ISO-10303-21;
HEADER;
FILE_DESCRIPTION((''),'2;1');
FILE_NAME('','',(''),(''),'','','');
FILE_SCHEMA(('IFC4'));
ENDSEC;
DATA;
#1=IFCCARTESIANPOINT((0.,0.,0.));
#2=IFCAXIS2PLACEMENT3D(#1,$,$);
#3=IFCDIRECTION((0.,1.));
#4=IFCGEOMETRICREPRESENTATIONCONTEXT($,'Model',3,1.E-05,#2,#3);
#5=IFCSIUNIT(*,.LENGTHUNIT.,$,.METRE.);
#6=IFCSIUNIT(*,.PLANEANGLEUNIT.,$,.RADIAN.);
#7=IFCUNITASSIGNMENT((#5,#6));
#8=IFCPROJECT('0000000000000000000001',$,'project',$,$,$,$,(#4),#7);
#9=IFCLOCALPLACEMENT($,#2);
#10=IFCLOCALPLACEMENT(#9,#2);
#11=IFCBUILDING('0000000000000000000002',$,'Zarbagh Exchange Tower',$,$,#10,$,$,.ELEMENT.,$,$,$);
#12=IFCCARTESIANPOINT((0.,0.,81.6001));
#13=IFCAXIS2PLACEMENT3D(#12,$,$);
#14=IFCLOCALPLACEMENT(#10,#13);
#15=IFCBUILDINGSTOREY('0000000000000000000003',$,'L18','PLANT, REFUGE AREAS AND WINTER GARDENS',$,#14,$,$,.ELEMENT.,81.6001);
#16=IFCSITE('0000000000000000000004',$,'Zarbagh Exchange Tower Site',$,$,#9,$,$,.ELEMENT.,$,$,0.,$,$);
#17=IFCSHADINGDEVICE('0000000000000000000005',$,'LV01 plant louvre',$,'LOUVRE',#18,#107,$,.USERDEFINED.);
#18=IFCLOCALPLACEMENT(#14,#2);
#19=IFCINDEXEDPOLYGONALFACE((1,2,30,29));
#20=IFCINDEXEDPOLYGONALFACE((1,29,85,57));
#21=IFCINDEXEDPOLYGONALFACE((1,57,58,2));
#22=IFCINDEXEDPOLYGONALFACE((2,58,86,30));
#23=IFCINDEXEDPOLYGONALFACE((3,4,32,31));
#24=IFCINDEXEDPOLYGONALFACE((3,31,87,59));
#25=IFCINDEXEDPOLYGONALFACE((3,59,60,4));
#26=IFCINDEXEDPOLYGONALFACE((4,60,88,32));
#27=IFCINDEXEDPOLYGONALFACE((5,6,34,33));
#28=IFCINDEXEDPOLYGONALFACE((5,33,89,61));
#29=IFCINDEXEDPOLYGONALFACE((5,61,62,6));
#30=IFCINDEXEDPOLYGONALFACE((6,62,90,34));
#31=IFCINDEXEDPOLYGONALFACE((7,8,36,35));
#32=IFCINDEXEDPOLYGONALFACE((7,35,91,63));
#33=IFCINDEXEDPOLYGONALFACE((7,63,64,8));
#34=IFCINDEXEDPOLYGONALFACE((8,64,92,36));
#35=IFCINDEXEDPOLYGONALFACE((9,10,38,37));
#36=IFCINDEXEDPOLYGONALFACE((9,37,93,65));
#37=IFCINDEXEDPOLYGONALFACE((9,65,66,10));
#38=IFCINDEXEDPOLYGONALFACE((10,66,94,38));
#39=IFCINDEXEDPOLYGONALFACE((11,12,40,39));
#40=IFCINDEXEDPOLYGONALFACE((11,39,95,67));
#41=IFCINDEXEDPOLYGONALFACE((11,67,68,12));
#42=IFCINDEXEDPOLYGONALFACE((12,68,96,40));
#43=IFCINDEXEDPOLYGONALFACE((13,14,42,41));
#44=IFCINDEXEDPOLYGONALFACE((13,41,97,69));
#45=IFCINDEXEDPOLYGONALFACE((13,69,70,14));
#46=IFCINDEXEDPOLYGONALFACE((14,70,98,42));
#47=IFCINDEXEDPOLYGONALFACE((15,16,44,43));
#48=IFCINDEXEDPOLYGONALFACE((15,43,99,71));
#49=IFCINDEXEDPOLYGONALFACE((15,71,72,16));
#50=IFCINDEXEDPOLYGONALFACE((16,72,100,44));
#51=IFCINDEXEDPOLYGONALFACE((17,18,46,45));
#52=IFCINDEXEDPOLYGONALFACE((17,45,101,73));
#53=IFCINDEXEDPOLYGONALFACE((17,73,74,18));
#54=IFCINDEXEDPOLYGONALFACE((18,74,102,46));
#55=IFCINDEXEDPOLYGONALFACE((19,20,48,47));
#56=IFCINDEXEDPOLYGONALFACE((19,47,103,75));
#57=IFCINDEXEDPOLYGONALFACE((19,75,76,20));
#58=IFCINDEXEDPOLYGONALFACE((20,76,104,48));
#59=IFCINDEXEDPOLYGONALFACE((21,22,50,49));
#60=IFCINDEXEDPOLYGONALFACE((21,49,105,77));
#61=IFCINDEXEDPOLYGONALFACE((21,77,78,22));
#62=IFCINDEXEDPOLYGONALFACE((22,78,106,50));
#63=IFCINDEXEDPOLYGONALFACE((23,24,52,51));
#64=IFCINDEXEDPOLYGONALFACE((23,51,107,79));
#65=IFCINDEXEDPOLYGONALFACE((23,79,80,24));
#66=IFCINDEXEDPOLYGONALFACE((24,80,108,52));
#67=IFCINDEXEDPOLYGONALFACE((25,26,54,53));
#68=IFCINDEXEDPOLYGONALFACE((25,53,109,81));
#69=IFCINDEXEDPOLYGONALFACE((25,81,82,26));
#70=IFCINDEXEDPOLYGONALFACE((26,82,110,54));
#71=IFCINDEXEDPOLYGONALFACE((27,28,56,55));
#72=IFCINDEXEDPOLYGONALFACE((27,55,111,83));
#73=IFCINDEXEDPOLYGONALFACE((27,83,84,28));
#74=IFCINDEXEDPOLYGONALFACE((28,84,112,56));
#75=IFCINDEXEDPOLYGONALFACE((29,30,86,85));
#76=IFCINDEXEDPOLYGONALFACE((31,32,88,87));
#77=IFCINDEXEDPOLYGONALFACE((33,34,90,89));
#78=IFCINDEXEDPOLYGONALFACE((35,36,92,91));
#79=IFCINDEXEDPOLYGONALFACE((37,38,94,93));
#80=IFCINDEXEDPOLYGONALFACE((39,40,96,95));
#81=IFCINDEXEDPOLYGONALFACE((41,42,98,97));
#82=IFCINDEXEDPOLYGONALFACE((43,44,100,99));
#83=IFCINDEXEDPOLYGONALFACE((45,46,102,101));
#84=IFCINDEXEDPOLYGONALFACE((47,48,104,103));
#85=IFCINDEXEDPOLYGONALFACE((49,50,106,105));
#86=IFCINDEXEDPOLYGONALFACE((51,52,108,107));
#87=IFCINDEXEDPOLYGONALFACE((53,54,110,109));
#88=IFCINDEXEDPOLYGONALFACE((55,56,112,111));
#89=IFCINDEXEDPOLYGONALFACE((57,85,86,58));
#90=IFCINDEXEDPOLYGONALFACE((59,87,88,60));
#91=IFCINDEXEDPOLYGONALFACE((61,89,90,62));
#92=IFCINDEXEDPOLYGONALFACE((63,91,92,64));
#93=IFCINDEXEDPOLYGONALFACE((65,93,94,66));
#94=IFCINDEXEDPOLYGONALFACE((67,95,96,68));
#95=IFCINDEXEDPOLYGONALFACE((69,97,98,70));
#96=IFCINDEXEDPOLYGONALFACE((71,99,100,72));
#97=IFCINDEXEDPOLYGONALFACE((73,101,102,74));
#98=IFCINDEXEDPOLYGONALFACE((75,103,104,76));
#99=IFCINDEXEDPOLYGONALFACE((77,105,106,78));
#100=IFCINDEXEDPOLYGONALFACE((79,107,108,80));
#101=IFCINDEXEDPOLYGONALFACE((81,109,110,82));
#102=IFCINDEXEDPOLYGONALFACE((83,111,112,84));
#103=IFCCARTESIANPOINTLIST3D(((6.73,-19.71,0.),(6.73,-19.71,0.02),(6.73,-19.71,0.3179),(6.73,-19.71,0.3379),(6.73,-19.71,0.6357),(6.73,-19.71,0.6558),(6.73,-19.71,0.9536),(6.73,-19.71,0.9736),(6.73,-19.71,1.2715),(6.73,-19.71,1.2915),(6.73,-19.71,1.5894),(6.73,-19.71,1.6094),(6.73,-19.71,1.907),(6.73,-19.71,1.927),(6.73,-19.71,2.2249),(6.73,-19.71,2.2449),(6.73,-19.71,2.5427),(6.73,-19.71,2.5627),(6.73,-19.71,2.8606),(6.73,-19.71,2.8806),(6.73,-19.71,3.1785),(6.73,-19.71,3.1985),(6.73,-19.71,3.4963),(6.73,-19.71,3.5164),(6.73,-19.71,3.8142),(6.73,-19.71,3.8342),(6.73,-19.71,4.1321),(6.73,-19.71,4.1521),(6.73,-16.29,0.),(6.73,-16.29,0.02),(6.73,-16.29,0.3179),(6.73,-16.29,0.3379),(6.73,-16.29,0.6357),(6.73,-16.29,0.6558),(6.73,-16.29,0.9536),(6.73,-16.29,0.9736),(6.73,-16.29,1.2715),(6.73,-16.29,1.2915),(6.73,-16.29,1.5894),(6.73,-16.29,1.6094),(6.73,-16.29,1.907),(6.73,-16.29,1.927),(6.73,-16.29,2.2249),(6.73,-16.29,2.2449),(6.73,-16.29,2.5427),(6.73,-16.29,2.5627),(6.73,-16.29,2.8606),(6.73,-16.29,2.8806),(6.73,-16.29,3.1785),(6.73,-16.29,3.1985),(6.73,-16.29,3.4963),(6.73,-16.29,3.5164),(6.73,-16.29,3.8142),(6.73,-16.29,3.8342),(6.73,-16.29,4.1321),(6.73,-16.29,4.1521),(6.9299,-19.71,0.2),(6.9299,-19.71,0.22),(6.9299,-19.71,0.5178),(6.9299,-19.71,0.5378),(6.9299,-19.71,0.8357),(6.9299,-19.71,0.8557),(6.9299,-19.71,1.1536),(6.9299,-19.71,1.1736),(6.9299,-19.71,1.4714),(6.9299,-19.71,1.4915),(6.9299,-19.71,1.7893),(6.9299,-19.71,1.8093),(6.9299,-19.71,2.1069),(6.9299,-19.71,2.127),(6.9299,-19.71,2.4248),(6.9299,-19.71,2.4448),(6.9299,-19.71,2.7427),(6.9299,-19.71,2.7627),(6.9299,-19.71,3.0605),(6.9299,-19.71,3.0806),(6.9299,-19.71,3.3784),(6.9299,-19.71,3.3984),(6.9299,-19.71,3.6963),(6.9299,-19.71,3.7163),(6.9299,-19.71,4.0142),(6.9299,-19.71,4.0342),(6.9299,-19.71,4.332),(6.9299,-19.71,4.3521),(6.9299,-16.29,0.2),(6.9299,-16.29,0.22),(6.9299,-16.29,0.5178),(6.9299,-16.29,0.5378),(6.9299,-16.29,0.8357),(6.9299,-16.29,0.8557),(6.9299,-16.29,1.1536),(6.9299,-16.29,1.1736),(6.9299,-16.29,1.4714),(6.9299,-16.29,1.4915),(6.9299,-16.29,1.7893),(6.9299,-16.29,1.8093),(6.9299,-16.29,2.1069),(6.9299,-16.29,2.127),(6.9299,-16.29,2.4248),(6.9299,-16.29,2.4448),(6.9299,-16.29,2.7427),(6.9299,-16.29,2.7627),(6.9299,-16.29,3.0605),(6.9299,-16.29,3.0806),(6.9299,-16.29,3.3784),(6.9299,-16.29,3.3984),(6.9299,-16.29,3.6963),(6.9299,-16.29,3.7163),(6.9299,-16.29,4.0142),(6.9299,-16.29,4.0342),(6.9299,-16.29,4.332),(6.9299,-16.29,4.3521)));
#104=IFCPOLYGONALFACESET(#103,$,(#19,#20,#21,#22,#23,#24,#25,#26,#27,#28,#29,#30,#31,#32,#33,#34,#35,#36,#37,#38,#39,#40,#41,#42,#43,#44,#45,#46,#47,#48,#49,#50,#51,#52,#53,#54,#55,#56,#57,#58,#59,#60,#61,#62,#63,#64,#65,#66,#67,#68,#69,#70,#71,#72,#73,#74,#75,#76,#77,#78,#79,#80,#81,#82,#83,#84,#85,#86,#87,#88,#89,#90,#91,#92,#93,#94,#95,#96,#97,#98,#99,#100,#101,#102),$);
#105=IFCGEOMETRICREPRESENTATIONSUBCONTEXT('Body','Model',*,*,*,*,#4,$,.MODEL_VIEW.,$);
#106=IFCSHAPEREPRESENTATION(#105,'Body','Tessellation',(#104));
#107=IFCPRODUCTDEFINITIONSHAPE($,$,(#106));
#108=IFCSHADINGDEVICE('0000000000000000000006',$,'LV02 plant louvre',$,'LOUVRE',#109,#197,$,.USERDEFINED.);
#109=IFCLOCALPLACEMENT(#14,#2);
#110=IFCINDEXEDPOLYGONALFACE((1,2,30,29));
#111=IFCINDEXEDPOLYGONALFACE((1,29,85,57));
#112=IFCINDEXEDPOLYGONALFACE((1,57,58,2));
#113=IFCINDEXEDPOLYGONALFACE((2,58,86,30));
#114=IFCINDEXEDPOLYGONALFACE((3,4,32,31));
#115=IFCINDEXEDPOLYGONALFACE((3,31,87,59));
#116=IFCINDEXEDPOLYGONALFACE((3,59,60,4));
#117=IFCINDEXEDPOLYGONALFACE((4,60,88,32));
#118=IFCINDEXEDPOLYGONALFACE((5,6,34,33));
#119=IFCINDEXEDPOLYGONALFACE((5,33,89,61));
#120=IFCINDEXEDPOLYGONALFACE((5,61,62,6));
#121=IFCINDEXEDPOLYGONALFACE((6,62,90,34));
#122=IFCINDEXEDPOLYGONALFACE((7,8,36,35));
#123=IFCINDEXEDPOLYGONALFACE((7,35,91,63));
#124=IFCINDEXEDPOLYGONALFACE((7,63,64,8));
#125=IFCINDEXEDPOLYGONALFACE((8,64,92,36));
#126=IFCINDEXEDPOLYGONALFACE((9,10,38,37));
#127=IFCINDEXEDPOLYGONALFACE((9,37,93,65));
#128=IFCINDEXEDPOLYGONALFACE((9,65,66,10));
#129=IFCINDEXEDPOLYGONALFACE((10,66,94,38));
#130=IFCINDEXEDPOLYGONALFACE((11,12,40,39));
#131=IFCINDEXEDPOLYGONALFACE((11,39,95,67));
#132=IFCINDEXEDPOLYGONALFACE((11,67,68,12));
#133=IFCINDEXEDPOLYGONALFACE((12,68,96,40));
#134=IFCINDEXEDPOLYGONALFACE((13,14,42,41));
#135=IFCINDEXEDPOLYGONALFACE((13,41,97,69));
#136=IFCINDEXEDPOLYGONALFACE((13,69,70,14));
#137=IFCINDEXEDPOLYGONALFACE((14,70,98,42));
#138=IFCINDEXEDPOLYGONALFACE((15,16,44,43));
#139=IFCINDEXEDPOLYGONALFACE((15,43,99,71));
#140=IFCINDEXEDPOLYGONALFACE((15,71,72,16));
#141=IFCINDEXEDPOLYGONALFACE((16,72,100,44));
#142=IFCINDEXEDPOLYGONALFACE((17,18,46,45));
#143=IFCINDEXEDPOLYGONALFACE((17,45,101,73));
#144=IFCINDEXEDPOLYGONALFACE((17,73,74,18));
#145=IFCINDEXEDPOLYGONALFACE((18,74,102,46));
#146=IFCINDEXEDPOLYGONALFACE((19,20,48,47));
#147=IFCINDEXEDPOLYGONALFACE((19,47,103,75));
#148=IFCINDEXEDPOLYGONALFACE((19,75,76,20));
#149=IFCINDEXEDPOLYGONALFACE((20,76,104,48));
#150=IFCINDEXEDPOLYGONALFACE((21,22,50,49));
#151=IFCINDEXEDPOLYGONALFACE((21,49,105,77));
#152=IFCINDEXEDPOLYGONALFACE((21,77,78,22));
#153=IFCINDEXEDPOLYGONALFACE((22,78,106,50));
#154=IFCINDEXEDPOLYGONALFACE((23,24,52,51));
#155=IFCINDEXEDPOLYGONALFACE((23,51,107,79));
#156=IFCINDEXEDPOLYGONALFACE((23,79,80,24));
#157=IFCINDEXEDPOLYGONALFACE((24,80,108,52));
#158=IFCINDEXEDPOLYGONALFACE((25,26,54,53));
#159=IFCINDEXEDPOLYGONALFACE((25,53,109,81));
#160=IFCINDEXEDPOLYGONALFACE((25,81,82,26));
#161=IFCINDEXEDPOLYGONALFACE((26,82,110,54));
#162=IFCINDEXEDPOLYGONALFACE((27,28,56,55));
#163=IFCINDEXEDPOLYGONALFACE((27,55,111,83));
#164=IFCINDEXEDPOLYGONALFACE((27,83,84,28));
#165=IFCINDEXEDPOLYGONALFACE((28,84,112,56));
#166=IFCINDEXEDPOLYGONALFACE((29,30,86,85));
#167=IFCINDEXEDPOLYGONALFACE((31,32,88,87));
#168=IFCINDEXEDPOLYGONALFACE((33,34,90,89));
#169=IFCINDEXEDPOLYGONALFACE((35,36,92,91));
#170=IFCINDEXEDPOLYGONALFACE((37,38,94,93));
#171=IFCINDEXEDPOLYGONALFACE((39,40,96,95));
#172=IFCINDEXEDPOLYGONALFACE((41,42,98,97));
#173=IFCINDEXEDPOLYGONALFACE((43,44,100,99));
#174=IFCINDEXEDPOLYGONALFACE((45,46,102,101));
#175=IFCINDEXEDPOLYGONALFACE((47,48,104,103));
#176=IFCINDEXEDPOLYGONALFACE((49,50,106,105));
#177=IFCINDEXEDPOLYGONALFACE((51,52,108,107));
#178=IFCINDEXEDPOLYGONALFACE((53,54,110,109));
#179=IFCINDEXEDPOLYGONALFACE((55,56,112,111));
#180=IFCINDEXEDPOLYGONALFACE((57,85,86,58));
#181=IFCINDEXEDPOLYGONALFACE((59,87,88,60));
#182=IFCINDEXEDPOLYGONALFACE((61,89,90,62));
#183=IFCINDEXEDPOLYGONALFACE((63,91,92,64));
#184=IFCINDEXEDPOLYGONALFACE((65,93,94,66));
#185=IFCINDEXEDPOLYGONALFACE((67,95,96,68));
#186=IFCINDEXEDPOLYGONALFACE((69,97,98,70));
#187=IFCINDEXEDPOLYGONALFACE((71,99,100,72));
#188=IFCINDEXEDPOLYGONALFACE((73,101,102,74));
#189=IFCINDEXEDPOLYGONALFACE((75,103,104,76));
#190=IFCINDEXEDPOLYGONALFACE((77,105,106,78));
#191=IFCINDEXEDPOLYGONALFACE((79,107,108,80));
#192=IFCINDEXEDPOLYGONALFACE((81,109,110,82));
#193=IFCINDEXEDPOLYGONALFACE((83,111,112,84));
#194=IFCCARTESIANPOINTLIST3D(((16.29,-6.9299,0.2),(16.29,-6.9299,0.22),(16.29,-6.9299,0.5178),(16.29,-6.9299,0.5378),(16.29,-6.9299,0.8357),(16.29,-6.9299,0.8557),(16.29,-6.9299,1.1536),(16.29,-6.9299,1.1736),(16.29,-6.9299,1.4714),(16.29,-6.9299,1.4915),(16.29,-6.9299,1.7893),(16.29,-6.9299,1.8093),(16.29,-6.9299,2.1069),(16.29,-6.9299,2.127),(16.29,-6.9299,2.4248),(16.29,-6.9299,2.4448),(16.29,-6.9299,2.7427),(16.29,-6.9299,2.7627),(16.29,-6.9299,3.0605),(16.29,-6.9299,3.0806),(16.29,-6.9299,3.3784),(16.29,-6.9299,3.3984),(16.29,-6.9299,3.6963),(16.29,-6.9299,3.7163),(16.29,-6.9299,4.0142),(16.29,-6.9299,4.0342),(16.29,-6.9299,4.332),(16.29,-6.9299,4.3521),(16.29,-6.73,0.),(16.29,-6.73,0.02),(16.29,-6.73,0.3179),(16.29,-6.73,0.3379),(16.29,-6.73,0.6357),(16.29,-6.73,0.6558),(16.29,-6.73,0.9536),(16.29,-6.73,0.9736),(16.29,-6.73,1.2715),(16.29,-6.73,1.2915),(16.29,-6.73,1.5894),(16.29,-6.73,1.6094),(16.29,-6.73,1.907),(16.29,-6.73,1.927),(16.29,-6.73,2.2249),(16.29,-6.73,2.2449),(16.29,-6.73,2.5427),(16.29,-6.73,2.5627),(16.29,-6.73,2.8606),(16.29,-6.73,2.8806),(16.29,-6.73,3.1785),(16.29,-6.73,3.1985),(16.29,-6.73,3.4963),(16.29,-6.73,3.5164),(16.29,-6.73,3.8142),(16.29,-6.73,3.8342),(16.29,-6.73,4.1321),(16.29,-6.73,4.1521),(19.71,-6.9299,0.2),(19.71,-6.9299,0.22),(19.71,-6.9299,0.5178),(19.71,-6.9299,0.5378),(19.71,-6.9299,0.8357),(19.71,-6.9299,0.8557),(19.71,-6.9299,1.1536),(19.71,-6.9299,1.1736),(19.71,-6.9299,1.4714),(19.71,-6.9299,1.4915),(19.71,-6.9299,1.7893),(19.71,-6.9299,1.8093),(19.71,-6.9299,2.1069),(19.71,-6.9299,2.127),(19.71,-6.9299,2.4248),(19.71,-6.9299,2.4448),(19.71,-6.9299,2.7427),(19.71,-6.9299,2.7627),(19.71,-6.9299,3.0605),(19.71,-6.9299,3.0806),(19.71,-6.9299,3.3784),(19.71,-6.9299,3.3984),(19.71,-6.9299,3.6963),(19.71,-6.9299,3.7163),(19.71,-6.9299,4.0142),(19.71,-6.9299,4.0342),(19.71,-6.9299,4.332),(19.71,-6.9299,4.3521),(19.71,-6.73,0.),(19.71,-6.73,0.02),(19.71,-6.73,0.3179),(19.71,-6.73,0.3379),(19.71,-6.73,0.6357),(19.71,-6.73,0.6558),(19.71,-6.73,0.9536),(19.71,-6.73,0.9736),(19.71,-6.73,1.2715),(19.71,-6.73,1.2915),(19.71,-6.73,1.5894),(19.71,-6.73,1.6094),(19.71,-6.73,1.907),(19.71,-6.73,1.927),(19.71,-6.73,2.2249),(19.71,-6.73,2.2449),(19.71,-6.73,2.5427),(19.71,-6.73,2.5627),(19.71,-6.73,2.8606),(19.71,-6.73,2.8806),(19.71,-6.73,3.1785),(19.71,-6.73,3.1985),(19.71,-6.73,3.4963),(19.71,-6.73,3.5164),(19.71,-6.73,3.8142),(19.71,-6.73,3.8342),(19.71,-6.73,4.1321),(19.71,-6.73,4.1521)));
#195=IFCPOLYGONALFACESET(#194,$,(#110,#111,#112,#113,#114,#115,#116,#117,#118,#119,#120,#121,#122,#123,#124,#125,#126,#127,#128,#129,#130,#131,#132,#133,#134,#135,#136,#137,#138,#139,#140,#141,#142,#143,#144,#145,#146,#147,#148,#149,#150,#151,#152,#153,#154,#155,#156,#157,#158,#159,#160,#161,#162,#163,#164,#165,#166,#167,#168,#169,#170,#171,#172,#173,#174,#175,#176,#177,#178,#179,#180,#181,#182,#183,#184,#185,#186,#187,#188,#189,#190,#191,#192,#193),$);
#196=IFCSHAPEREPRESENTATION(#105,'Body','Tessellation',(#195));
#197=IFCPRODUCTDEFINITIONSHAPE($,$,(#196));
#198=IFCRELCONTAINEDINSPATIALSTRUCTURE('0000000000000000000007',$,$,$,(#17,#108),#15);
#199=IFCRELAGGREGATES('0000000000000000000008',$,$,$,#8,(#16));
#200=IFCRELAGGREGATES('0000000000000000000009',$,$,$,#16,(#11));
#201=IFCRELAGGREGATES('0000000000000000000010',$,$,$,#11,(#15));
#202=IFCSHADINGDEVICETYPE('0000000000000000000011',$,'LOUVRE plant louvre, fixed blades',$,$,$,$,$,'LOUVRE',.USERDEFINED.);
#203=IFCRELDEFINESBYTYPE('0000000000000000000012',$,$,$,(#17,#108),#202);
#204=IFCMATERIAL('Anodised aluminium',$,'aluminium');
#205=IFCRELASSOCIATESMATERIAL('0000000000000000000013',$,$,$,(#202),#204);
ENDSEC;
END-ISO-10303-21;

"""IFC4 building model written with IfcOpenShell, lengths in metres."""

from ifc_helpers import new_model, si_unit, direction, frame, origin, place, context, subcontext, project, spatial, polyline, outline, extrude, source, transform, mapped, material, type_object, element, save


model = new_model("IFC4")

# Units and contexts
model_context = context("Model", 3, precision=1e-05, world=origin(), true_north=direction((0.0, 1.0)))
body_context = subcontext(model_context, "Body", "Model", "MODEL_VIEW")
ifc_project = project(units=[si_unit("LENGTHUNIT", "METRE"), si_unit("PLANEANGLEUNIT", "RADIAN")], contexts=[model_context])

# Site, building, storey
site_placement = place(None, origin())
site = spatial("IfcSite", under=ifc_project, at=site_placement, Name="Zarbagh Exchange Tower Site", CompositionType="ELEMENT", RefElevation=0.0)
building_placement = place(site_placement, origin())
building = spatial("IfcBuilding", under=site, at=building_placement, Name="Zarbagh Exchange Tower", CompositionType="ELEMENT")
storey_placement = place(building_placement, frame((0.0, 0.0, 81.6001)))
storey = spatial("IfcBuildingStorey", under=building, at=storey_placement, Name="L18", Description="PLANT, REFUGE AREAS AND WINTER GARDENS", CompositionType="ELEMENT", Elevation=81.6001)

# Shared definitions
placement = place(storey_placement, origin())

# Shading devices
ifc_material_1 = material(Name="Anodised aluminium", Category="aluminium")
shading_device_type = type_object("IfcShadingDeviceType", Name="LOUVRE plant louvre, fixed blades", ElementType="LOUVRE", PredefinedType="USERDEFINED", material=ifc_material_1)
shared_shape_1 = source(origin(), body_context, "Body", "SweptSolid", [
    extrude(outline(polyline([(0.0, 0.2), (0.2, 0.0), (0.2, -0.02), (0.0, 0.1799), (0.0, 0.2)])), origin(), (0.0, 0.0, 1.0), 3.4199),
])
element("IfcShadingDevice", 1, at=placement, inside=storey, type_object=shading_device_type, Name="LV01 plant louvre", ObjectType="LOUVRE", PredefinedType="USERDEFINED", context=body_context, shape_type="MappedRepresentation", body=[
    mapped(shared_shape_1, transform((6.73, -19.71, 0.2), x_axis=(1.0, 0.0, 0.0), y_axis=(0.0, 0.0, -1.0), z_axis=(0.0, 1.0, 0.0))),
    mapped(shared_shape_1, transform((6.73, -19.71, 0.5178), x_axis=(1.0, 0.0, 0.0), y_axis=(0.0, 0.0, -1.0), z_axis=(0.0, 1.0, 0.0))),
    mapped(shared_shape_1, transform((6.73, -19.71, 0.8357), x_axis=(1.0, 0.0, 0.0), y_axis=(0.0, 0.0, -1.0), z_axis=(0.0, 1.0, 0.0))),
    mapped(shared_shape_1, transform((6.73, -19.71, 1.1536), x_axis=(1.0, 0.0, 0.0), y_axis=(0.0, 0.0, -1.0), z_axis=(0.0, 1.0, 0.0))),
    mapped(shared_shape_1, transform((6.73, -19.71, 1.4714), x_axis=(1.0, 0.0, 0.0), y_axis=(0.0, 0.0, -1.0), z_axis=(0.0, 1.0, 0.0))),
    mapped(shared_shape_1, transform((6.73, -19.71, 1.7893), x_axis=(1.0, 0.0, 0.0), y_axis=(0.0, 0.0, -1.0), z_axis=(0.0, 1.0, 0.0))),
    mapped(shared_shape_1, transform((6.73, -19.71, 2.1069), x_axis=(1.0, 0.0, 0.0), y_axis=(0.0, 0.0, -1.0), z_axis=(0.0, 1.0, 0.0))),
    mapped(shared_shape_1, transform((6.73, -19.71, 2.4248), x_axis=(1.0, 0.0, 0.0), y_axis=(0.0, 0.0, -1.0), z_axis=(0.0, 1.0, 0.0))),
    mapped(shared_shape_1, transform((6.73, -19.71, 2.7427), x_axis=(1.0, 0.0, 0.0), y_axis=(0.0, 0.0, -1.0), z_axis=(0.0, 1.0, 0.0))),
    mapped(shared_shape_1, transform((6.73, -19.71, 3.0605), x_axis=(1.0, 0.0, 0.0), y_axis=(0.0, 0.0, -1.0), z_axis=(0.0, 1.0, 0.0))),
    mapped(shared_shape_1, transform((6.73, -19.71, 3.3784), x_axis=(1.0, 0.0, 0.0), y_axis=(0.0, 0.0, -1.0), z_axis=(0.0, 1.0, 0.0))),
    mapped(shared_shape_1, transform((6.73, -19.71, 3.6963), x_axis=(1.0, 0.0, 0.0), y_axis=(0.0, 0.0, -1.0), z_axis=(0.0, 1.0, 0.0))),
    mapped(shared_shape_1, transform((6.73, -19.71, 4.0142), x_axis=(1.0, 0.0, 0.0), y_axis=(0.0, 0.0, -1.0), z_axis=(0.0, 1.0, 0.0))),
    mapped(shared_shape_1, transform((6.73, -19.71, 4.332), x_axis=(1.0, 0.0, 0.0), y_axis=(0.0, 0.0, -1.0), z_axis=(0.0, 1.0, 0.0))),
])
element("IfcShadingDevice", 2, at=placement, inside=storey, type_object=shading_device_type, Name="LV02 plant louvre", ObjectType="LOUVRE", PredefinedType="USERDEFINED", context=body_context, shape_type="MappedRepresentation", body=[
    mapped(shared_shape_1, transform((16.29, -6.73, 0.2), x_axis=(0.0, -1.0, 0.0), y_axis=(0.0, 0.0, -1.0), z_axis=(1.0, 0.0, 0.0))),
    mapped(shared_shape_1, transform((16.29, -6.73, 0.5178), x_axis=(0.0, -1.0, 0.0), y_axis=(0.0, 0.0, -1.0), z_axis=(1.0, 0.0, 0.0))),
    mapped(shared_shape_1, transform((16.29, -6.73, 0.8357), x_axis=(0.0, -1.0, 0.0), y_axis=(0.0, 0.0, -1.0), z_axis=(1.0, 0.0, 0.0))),
    mapped(shared_shape_1, transform((16.29, -6.73, 1.1536), x_axis=(0.0, -1.0, 0.0), y_axis=(0.0, 0.0, -1.0), z_axis=(1.0, 0.0, 0.0))),
    mapped(shared_shape_1, transform((16.29, -6.73, 1.4714), x_axis=(0.0, -1.0, 0.0), y_axis=(0.0, 0.0, -1.0), z_axis=(1.0, 0.0, 0.0))),
    mapped(shared_shape_1, transform((16.29, -6.73, 1.7893), x_axis=(0.0, -1.0, 0.0), y_axis=(0.0, 0.0, -1.0), z_axis=(1.0, 0.0, 0.0))),
    mapped(shared_shape_1, transform((16.29, -6.73, 2.1069), x_axis=(0.0, -1.0, 0.0), y_axis=(0.0, 0.0, -1.0), z_axis=(1.0, 0.0, 0.0))),
    mapped(shared_shape_1, transform((16.29, -6.73, 2.4248), x_axis=(0.0, -1.0, 0.0), y_axis=(0.0, 0.0, -1.0), z_axis=(1.0, 0.0, 0.0))),
    mapped(shared_shape_1, transform((16.29, -6.73, 2.7427), x_axis=(0.0, -1.0, 0.0), y_axis=(0.0, 0.0, -1.0), z_axis=(1.0, 0.0, 0.0))),
    mapped(shared_shape_1, transform((16.29, -6.73, 3.0605), x_axis=(0.0, -1.0, 0.0), y_axis=(0.0, 0.0, -1.0), z_axis=(1.0, 0.0, 0.0))),
    mapped(shared_shape_1, transform((16.29, -6.73, 3.3784), x_axis=(0.0, -1.0, 0.0), y_axis=(0.0, 0.0, -1.0), z_axis=(1.0, 0.0, 0.0))),
    mapped(shared_shape_1, transform((16.29, -6.73, 3.6963), x_axis=(0.0, -1.0, 0.0), y_axis=(0.0, 0.0, -1.0), z_axis=(1.0, 0.0, 0.0))),
    mapped(shared_shape_1, transform((16.29, -6.73, 4.0142), x_axis=(0.0, -1.0, 0.0), y_axis=(0.0, 0.0, -1.0), z_axis=(1.0, 0.0, 0.0))),
    mapped(shared_shape_1, transform((16.29, -6.73, 4.332), x_axis=(0.0, -1.0, 0.0), y_axis=(0.0, 0.0, -1.0), z_axis=(1.0, 0.0, 0.0))),
])

save(model, "model.ifc")
